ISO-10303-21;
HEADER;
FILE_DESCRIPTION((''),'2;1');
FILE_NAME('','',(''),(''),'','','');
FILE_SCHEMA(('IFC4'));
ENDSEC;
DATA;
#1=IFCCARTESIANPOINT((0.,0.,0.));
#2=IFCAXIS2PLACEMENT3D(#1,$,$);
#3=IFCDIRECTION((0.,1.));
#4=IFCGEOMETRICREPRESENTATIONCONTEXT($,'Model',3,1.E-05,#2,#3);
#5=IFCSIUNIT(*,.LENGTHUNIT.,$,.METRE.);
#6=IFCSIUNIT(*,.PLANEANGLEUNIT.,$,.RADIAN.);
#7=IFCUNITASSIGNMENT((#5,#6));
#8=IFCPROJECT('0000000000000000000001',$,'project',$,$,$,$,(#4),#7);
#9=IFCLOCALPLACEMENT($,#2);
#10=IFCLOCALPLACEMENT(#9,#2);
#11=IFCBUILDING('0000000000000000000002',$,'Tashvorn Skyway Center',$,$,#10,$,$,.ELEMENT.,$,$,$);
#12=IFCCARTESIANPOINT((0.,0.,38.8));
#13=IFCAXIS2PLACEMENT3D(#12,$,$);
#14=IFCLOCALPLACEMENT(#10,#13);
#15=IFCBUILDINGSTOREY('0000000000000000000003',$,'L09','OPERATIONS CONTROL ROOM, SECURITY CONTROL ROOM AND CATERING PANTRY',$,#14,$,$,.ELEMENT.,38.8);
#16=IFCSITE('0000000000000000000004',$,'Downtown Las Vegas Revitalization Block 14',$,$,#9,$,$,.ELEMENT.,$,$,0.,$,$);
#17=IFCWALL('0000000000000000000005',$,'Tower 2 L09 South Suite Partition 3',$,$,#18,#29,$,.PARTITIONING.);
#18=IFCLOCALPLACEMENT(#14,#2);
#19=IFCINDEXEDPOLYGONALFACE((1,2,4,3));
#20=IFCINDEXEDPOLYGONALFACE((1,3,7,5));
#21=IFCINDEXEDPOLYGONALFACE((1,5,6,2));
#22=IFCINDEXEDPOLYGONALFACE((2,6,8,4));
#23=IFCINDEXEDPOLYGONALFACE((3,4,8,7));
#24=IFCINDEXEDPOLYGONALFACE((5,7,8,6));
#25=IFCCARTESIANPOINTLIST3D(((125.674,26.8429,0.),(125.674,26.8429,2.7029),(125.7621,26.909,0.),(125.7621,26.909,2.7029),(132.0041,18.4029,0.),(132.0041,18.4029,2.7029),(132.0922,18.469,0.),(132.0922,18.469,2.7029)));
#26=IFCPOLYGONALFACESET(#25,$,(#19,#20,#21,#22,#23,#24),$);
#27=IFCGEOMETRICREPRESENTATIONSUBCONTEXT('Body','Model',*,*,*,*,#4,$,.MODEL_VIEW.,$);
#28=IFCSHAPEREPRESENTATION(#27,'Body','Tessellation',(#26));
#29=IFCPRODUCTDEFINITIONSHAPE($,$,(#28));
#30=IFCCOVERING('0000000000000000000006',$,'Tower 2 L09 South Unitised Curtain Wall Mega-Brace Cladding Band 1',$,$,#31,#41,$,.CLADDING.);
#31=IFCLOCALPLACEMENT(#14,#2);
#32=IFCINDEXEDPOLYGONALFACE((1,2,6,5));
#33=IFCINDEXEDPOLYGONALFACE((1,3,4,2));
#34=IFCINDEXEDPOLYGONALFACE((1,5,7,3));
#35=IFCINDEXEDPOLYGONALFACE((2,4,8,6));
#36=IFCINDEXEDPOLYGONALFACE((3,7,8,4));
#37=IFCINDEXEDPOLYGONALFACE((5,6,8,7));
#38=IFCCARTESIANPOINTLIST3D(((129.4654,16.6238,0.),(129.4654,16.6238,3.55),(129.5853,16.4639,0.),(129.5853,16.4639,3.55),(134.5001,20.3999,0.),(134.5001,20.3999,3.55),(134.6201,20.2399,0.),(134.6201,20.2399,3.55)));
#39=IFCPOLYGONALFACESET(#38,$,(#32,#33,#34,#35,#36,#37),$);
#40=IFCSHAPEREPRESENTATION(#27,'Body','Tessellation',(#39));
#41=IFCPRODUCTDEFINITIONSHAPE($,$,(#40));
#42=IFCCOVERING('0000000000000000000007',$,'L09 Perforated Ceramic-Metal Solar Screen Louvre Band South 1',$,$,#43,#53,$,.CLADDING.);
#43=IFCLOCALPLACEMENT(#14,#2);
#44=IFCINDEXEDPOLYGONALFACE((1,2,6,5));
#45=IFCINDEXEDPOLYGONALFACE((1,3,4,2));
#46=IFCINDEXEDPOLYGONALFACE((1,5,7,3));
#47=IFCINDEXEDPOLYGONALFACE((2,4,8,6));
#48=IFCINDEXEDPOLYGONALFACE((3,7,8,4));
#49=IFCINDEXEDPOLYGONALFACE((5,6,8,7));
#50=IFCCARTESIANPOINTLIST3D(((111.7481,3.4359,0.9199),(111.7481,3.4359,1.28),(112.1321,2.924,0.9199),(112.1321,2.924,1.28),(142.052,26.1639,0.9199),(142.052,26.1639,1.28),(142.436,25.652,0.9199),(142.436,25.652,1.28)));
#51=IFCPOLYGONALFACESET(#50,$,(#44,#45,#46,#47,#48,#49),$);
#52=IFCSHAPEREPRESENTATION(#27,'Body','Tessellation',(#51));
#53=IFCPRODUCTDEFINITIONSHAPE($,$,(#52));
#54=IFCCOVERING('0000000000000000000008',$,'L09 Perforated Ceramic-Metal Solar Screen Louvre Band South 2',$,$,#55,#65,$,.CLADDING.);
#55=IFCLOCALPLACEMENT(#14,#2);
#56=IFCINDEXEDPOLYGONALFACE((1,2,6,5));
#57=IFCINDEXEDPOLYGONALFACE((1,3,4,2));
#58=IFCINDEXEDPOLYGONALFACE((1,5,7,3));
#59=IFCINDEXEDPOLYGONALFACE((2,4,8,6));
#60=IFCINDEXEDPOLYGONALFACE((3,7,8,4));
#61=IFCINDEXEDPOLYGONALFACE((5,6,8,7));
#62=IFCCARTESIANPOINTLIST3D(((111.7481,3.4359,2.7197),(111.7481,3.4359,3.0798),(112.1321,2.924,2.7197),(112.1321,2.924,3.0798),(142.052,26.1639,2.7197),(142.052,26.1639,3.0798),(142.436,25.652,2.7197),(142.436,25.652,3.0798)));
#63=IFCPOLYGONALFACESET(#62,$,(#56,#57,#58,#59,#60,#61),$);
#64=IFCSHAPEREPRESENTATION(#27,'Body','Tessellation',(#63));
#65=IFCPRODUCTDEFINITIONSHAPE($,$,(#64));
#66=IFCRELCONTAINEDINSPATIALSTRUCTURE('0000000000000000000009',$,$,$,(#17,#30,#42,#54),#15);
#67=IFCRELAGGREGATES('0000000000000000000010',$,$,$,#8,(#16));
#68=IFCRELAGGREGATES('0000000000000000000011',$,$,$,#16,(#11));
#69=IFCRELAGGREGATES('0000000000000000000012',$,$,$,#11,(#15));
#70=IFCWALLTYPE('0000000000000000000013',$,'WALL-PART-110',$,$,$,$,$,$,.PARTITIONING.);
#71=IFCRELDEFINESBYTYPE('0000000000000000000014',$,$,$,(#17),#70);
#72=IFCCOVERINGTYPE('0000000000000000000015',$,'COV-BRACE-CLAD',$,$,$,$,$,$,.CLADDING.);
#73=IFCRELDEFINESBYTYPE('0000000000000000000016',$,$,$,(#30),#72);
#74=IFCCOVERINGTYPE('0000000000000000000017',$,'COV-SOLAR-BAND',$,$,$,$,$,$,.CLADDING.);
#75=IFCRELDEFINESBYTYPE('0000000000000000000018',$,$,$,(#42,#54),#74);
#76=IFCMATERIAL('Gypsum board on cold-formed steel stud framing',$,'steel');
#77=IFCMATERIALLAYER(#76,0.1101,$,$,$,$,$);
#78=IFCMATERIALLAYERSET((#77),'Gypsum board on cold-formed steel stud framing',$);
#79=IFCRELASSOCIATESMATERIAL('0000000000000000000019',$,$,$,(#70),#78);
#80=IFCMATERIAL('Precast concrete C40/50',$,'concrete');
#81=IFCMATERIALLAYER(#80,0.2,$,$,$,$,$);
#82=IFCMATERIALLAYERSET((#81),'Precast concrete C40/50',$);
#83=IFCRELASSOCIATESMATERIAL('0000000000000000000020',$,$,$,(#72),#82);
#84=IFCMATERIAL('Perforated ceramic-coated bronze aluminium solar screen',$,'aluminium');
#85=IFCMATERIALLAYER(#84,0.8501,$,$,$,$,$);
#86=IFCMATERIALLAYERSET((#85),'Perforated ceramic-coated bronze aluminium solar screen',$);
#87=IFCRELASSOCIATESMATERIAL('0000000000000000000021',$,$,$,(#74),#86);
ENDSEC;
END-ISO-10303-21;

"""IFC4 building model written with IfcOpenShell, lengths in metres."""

from ifc_helpers import new_model, si_unit, direction, frame, frame_2d, origin, origin_2d, place, context, subcontext, project, spatial, rectangle, extrude, material, layer, layer_set, type_object, element, save


model = new_model("IFC4")

# Units and contexts
model_context = context("Model", 3, precision=1e-05, world=origin(), true_north=direction((0.0, 1.0)))
body_context = subcontext(model_context, "Body", "Model", "MODEL_VIEW")
ifc_project = project(units=[si_unit("LENGTHUNIT", "METRE"), si_unit("PLANEANGLEUNIT", "RADIAN")], contexts=[model_context])

# Site, building, storey
site_placement = place(None, origin())
site = spatial("IfcSite", under=ifc_project, at=site_placement, Name="Downtown Las Vegas Revitalization Block 14", CompositionType="ELEMENT", RefElevation=0.0)
building_placement = place(site_placement, origin())
building = spatial("IfcBuilding", under=site, at=building_placement, Name="Tashvorn Skyway Center", CompositionType="ELEMENT")
storey_placement = place(building_placement, frame((0.0, 0.0, 38.8)))
storey = spatial("IfcBuildingStorey", under=building, at=storey_placement, Name="L09", Description="OPERATIONS CONTROL ROOM, SECURITY CONTROL ROOM AND CATERING PANTRY", CompositionType="ELEMENT", Elevation=38.8)

# Wall
ifc_material_1 = material(Name="Gypsum board on cold-formed steel stud framing", Category="steel")
ifc_layer_1 = layer(ifc_material_1, 0.1101)
ifc_layer_set_1 = layer_set([ifc_layer_1], Name="Gypsum board on cold-formed steel stud framing")
wall_type = type_object("IfcWallType", Name="WALL-PART-110", PredefinedType="PARTITIONING", material=ifc_layer_set_1)
for number, where, z_axis, x_axis, name in (
    (1, (132.0481, 18.436, 0.0), (0.0, 0.0, 1.0), (-0.600007, 0.799994, 0.0), "Tower 2 L09 South Suite Partition 3"),
):
    element("IfcWall", number, at=place(storey_placement, frame(where, z_axis=z_axis, x_axis=x_axis)), inside=storey, type_object=wall_type, Name=name, PredefinedType="PARTITIONING", context=body_context, shape_type="SweptSolid", body=[
        extrude(rectangle(XDim=10.55, YDim=0.1101, at=frame_2d((5.2749, 0.0))), origin(), (0.0, 0.0, 1.0), 2.7029),
    ])

# Coverings
ifc_material_2 = material(Name="Precast concrete C40/50", Category="concrete")
ifc_layer_2 = layer(ifc_material_2, 0.2)
ifc_layer_set_2 = layer_set([ifc_layer_2], Name="Precast concrete C40/50")
covering_type_1 = type_object("IfcCoveringType", Name="COV-BRACE-CLAD", PredefinedType="CLADDING", material=ifc_layer_set_2)
covering_placement = place(storey_placement, frame((132.0427, 18.4319, 0.0), z_axis=(0.0, 0.0, 1.0), x_axis=(-0.8, -0.6, 0.0)))
element("IfcCovering", 2, at=covering_placement, inside=storey, type_object=covering_type_1, Name="Tower 2 L09 South Unitised Curtain Wall Mega-Brace Cladding Band 1", PredefinedType="CLADDING", context=body_context, shape_type="SweptSolid", body=[
    extrude(rectangle(XDim=6.2935, YDim=0.2, at=origin_2d()), origin(), (0.0, 0.0, 1.0), 3.55),
])
ifc_material_3 = material(Name="Perforated ceramic-coated bronze aluminium solar screen", Category="aluminium")
ifc_layer_3 = layer(ifc_material_3, 0.8501)
ifc_layer_set_3 = layer_set([ifc_layer_3], Name="Perforated ceramic-coated bronze aluminium solar screen")
covering_type_2 = type_object("IfcCoveringType", Name="COV-SOLAR-BAND", PredefinedType="CLADDING", material=ifc_layer_set_3)
for number, where, z_axis, x_axis, name in (
    (3, (127.092, 14.5439, 0.9199), (0.0, 0.0, 1.0), (-0.8, -0.6, 0.0), "L09 Perforated Ceramic-Metal Solar Screen Louvre Band South 1"),
    (4, (127.092, 14.5439, 2.7197), (0.0, 0.0, 1.0), (-0.8, -0.6, 0.0), "L09 Perforated Ceramic-Metal Solar Screen Louvre Band South 2"),
):
    element("IfcCovering", number, at=place(storey_placement, frame(where, z_axis=z_axis, x_axis=x_axis)), inside=storey, type_object=covering_type_2, Name=name, PredefinedType="CLADDING", context=body_context, shape_type="SweptSolid", body=[
        extrude(rectangle(XDim=37.8799, YDim=0.6399, at=origin_2d()), origin(), (0.0, 0.0, 1.0), 0.3601),
    ])

save(model, "model.ifc")
